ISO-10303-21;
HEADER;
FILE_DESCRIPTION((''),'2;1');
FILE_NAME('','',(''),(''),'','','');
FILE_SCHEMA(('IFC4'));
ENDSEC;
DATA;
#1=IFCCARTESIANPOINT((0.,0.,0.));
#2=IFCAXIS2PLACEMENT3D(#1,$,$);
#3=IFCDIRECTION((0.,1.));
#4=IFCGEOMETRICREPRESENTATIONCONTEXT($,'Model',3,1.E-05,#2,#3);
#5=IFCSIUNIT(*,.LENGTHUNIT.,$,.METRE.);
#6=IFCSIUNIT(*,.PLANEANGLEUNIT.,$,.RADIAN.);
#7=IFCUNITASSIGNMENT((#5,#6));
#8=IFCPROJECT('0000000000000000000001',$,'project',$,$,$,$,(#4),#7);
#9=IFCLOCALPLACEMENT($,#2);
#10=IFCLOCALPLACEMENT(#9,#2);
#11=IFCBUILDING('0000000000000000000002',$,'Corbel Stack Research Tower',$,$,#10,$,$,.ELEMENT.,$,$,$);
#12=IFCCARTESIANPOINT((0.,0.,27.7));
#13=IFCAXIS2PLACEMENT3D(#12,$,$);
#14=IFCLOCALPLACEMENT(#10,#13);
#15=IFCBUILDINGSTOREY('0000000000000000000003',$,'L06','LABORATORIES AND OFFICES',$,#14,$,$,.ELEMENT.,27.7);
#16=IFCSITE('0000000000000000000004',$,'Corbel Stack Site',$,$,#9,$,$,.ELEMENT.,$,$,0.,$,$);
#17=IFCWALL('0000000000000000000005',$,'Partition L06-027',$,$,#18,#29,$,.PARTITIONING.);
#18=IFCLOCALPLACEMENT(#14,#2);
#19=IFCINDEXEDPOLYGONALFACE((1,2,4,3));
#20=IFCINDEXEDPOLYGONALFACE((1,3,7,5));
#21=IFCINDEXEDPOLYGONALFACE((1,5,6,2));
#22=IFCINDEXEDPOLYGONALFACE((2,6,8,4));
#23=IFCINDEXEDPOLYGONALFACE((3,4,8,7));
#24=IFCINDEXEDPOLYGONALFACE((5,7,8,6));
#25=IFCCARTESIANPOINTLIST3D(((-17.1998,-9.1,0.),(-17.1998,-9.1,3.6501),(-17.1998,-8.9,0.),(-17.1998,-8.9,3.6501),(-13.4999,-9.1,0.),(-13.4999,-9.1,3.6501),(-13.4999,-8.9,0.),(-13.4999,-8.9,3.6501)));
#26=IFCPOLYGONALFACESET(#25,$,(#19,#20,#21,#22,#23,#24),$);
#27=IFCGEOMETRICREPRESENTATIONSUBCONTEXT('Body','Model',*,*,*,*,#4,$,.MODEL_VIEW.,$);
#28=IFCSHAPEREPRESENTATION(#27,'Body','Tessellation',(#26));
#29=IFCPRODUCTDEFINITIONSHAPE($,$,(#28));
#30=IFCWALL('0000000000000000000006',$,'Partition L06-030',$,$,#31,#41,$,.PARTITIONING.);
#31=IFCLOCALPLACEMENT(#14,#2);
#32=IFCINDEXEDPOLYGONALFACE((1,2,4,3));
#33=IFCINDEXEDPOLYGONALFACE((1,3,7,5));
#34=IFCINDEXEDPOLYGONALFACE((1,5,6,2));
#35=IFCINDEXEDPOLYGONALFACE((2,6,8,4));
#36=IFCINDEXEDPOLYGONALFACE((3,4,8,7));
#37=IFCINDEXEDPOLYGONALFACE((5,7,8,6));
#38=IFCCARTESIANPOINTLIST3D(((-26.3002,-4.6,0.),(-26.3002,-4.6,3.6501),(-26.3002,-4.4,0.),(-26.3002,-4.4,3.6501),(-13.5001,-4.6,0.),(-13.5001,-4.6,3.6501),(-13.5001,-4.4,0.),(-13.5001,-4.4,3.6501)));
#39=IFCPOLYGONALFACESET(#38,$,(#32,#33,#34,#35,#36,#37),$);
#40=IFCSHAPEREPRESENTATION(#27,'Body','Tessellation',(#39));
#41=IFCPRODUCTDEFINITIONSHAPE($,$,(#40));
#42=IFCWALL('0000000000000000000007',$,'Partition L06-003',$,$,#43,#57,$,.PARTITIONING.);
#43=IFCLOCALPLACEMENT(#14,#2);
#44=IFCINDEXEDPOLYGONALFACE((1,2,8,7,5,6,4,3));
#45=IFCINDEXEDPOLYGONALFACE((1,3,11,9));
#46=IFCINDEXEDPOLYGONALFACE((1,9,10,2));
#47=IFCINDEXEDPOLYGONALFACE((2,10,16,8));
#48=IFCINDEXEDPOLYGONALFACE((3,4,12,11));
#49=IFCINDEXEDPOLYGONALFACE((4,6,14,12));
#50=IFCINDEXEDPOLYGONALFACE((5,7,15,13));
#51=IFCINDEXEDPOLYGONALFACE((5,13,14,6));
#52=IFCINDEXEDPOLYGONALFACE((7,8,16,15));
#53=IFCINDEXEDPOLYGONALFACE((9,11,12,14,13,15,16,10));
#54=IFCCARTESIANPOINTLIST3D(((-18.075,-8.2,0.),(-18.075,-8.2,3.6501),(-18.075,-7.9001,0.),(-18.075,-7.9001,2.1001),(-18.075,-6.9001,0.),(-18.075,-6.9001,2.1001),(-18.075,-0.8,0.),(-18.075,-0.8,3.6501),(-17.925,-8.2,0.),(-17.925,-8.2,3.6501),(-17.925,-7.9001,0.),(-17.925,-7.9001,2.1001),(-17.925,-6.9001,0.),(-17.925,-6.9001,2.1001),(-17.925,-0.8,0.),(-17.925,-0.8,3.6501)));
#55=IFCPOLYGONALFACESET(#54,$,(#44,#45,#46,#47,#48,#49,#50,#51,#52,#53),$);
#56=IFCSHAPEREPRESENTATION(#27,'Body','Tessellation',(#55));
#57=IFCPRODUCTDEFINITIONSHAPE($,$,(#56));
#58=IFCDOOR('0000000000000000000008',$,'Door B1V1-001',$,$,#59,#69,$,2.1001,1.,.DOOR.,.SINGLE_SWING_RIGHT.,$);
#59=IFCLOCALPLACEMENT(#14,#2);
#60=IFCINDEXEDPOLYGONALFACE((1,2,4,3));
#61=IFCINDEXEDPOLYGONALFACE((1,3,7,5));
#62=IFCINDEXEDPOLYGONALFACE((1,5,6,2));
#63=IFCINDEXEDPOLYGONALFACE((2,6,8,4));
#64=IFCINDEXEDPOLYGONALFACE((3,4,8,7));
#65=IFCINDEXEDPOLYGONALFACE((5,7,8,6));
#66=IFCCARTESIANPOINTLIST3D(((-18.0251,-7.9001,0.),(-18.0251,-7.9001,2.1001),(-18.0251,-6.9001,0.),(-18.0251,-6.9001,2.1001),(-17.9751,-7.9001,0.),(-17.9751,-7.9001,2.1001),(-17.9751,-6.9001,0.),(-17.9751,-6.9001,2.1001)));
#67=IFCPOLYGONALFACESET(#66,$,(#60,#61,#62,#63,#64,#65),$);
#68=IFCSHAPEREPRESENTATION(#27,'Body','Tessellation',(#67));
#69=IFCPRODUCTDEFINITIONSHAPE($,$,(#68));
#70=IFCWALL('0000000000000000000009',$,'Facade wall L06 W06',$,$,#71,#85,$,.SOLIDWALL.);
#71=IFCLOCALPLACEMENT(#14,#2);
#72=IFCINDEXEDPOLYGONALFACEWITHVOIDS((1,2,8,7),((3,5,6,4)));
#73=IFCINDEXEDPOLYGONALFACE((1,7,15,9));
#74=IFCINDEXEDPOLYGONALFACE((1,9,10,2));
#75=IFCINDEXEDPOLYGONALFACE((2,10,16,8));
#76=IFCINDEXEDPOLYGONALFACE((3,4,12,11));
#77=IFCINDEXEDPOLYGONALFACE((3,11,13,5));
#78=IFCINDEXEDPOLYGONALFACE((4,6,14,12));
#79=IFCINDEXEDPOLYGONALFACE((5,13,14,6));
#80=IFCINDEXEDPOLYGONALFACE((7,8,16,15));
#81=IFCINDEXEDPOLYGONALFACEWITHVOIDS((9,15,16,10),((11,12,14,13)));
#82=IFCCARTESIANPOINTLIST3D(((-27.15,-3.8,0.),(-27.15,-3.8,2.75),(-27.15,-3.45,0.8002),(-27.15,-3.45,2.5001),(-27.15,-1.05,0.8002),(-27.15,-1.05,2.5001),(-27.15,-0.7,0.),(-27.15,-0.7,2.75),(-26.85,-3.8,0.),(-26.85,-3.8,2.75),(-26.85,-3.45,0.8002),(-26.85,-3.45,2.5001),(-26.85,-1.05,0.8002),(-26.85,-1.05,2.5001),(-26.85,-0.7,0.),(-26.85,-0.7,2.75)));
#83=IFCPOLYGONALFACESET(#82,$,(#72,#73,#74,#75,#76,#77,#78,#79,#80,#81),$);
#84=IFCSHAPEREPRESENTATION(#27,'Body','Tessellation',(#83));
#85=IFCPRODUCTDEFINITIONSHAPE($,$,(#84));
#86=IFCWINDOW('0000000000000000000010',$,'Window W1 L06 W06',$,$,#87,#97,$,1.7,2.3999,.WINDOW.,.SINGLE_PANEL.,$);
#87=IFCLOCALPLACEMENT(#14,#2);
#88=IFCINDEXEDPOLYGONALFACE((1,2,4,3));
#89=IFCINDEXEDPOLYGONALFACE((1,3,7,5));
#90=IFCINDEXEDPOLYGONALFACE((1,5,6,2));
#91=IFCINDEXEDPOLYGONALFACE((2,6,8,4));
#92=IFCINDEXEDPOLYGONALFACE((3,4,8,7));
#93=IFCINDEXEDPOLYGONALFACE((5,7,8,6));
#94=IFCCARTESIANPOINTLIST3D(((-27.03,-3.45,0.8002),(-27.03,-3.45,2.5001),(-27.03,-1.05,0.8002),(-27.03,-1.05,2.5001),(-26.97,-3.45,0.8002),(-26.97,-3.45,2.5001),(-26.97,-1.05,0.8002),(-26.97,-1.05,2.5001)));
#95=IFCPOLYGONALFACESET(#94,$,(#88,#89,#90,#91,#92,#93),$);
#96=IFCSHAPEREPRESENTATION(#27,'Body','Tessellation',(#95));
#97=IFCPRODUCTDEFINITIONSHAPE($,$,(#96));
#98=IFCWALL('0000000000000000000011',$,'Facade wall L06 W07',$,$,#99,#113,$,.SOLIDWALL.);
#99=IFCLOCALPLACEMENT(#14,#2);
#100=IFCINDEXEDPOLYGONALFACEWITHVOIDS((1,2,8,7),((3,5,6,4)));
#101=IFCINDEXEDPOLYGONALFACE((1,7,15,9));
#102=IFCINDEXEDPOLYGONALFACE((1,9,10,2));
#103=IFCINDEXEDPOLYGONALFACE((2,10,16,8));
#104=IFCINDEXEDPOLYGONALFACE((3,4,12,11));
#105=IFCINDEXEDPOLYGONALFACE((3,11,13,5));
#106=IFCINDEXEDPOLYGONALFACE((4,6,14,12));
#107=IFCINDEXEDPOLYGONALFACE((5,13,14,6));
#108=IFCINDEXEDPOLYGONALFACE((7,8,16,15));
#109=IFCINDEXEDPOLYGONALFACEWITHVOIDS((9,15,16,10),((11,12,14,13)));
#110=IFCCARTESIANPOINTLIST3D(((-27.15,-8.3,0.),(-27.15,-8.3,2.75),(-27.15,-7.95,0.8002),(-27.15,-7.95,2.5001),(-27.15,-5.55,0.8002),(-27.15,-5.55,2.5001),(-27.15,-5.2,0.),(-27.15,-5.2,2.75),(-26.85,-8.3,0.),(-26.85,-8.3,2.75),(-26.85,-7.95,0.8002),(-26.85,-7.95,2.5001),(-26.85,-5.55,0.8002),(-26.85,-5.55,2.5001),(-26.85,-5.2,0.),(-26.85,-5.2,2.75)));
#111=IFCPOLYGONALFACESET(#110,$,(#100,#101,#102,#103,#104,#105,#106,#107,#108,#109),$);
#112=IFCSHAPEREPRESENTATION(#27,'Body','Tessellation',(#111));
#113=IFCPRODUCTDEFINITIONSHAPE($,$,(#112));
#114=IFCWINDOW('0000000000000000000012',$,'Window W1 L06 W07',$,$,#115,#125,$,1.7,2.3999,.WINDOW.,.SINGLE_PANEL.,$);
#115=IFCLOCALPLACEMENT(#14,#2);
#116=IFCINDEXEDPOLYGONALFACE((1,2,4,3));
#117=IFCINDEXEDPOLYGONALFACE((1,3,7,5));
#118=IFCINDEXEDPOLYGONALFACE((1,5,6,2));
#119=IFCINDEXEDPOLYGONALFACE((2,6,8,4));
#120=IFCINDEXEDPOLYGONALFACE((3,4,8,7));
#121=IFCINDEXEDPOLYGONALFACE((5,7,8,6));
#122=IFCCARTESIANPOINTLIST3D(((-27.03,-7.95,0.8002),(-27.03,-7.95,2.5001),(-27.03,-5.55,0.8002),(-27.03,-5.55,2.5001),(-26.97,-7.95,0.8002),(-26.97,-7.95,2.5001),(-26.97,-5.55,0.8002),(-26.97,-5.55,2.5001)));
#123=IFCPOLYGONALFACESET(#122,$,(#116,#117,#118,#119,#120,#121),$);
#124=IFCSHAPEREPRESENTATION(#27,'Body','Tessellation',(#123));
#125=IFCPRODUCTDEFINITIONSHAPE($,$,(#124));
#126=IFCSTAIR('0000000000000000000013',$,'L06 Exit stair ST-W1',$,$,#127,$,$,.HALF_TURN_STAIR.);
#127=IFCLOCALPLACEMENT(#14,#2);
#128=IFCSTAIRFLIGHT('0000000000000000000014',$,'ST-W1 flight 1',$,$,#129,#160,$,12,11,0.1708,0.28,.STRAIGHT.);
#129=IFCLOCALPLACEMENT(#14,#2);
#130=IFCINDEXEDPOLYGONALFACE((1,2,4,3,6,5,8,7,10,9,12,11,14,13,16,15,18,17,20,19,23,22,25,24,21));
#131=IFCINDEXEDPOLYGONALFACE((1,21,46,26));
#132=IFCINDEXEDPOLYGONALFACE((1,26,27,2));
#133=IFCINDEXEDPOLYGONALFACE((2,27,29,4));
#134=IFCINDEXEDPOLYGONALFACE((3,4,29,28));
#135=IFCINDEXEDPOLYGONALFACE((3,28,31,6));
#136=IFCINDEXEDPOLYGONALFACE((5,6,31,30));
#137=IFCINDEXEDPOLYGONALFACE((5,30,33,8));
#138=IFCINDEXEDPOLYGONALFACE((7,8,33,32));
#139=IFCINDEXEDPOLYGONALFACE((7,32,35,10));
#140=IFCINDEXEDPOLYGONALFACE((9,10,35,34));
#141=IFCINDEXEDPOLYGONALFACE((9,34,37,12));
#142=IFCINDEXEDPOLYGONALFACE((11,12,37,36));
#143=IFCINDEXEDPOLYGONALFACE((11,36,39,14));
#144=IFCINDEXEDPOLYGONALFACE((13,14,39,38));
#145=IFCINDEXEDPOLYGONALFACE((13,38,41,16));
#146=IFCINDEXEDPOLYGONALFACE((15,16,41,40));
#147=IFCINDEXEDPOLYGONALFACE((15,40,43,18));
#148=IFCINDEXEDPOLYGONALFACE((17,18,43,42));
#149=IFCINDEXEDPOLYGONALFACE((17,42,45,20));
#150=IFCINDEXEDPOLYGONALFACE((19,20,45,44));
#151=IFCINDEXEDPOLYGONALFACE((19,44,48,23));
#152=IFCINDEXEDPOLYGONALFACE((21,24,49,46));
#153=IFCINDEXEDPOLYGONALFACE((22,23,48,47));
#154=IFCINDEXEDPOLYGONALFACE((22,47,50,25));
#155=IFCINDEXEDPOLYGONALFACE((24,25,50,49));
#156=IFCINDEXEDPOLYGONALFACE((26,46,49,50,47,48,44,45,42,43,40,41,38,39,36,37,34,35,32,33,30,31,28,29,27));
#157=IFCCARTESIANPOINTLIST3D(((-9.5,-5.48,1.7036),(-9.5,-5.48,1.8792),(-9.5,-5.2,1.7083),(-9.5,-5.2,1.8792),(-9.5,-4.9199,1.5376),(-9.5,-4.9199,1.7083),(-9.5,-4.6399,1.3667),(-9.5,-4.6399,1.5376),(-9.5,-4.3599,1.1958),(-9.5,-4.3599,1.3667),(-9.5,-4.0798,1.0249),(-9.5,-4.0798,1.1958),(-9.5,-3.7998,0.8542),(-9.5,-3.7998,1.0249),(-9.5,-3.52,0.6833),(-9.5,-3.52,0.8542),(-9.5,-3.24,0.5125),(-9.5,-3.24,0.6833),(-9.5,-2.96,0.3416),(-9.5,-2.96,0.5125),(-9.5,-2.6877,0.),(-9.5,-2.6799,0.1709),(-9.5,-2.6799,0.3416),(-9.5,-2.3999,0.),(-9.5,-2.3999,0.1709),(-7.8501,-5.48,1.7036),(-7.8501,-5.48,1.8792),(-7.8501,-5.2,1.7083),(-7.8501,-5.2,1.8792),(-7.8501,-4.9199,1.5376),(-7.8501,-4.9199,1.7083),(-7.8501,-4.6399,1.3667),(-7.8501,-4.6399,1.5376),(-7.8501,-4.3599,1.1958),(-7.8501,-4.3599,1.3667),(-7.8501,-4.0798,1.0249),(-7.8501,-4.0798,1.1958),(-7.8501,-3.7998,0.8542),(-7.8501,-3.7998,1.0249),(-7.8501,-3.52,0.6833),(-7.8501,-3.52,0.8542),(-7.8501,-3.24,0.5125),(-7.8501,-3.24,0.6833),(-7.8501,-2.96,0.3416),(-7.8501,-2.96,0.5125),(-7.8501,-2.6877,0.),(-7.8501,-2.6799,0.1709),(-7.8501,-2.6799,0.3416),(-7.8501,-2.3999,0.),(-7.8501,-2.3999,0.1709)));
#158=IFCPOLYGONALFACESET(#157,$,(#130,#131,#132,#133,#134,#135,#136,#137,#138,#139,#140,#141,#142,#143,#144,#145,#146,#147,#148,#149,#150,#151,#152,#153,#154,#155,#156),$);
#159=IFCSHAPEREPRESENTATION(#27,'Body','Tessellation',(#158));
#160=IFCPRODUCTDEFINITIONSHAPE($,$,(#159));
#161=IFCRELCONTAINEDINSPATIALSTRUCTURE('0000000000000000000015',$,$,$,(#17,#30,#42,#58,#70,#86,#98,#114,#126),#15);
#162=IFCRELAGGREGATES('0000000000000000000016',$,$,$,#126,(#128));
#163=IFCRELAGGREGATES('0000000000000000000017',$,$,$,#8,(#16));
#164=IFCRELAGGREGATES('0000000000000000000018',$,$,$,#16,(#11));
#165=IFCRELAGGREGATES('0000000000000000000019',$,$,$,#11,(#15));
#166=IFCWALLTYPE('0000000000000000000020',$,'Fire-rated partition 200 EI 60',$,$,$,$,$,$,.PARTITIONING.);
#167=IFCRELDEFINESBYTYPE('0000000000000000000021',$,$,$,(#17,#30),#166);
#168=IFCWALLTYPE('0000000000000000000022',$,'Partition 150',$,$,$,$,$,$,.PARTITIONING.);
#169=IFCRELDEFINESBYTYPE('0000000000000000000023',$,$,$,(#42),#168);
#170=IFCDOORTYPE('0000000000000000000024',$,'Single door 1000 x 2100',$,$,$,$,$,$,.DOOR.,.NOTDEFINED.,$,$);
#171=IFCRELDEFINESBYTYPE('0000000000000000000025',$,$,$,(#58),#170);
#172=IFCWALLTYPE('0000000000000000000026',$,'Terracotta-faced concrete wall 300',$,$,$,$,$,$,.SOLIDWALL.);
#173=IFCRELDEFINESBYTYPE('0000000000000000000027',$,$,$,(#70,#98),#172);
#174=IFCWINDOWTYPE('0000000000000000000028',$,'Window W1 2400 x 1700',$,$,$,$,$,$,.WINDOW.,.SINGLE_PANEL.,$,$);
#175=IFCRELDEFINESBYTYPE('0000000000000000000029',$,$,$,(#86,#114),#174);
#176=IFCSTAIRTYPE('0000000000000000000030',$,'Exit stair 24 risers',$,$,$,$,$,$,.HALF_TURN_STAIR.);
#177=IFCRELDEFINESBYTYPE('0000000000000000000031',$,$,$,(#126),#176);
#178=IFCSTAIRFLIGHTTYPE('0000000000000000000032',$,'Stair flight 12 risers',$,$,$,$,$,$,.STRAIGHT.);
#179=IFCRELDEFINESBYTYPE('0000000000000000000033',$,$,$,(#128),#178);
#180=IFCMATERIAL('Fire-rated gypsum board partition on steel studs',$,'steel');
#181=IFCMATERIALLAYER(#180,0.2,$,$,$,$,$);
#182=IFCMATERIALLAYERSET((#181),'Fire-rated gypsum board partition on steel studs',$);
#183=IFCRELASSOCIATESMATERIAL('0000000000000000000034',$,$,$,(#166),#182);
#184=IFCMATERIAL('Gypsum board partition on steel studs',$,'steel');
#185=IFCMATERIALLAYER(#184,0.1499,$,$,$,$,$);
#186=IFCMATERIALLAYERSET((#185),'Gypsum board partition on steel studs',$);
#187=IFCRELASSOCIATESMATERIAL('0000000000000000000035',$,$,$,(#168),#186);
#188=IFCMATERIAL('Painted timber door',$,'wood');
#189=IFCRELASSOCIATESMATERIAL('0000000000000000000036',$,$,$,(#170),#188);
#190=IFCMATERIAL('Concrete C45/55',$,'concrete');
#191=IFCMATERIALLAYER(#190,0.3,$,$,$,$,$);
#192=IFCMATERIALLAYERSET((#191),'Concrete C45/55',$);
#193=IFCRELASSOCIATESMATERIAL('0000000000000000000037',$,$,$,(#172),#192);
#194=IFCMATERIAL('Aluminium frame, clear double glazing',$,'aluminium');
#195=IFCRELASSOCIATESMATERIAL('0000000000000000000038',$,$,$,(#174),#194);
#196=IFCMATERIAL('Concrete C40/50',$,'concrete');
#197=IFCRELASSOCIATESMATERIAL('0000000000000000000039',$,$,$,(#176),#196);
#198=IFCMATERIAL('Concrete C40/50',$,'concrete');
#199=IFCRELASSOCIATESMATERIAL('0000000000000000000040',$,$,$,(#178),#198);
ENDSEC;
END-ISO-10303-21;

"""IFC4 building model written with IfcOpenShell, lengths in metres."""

from ifc_helpers import new_model, si_unit, direction, frame, frame_2d, origin, place, context, subcontext, project, spatial, polyline, rectangle, outline, extrude, material, layer, layer_set, type_object, element, fill, aggregate, save


model = new_model("IFC4")

# Units and contexts
model_context = context("Model", 3, precision=1e-05, world=origin(), true_north=direction((0.0, 1.0)))
body_context = subcontext(model_context, "Body", "Model", "MODEL_VIEW")
ifc_project = project(units=[si_unit("LENGTHUNIT", "METRE"), si_unit("PLANEANGLEUNIT", "RADIAN")], contexts=[model_context])

# Site, building, storey
site_placement = place(None, origin())
site = spatial("IfcSite", under=ifc_project, at=site_placement, Name="Corbel Stack Site", CompositionType="ELEMENT", RefElevation=0.0)
building_placement = place(site_placement, origin())
building = spatial("IfcBuilding", under=site, at=building_placement, Name="Corbel Stack Research Tower", CompositionType="ELEMENT")
storey_placement = place(building_placement, frame((0.0, 0.0, 27.7)))
storey = spatial("IfcBuildingStorey", under=building, at=storey_placement, Name="L06", Description="LABORATORIES AND OFFICES", CompositionType="ELEMENT", Elevation=27.7)

# Shared definitions
ifc_material_1 = material(Name="Fire-rated gypsum board partition on steel studs", Category="steel")
ifc_layer_1 = layer(ifc_material_1, 0.2)
ifc_layer_set_1 = layer_set([ifc_layer_1], Name="Fire-rated gypsum board partition on steel studs")
wall_type_1 = type_object("IfcWallType", Name="Fire-rated partition 200 EI 60", PredefinedType="PARTITIONING", material=ifc_layer_set_1)

# Walls
wall_1_placement = place(storey_placement, frame((-17.2, -9.0, 0.0), z_axis=(0.0, 0.0, 1.0), x_axis=(1.0, 0.0, 0.0)))
element("IfcWall", 1, at=wall_1_placement, inside=storey, type_object=wall_type_1, Name="Partition L06-027", PredefinedType="PARTITIONING", context=body_context, shape_type="SweptSolid", body=[
    extrude(rectangle(XDim=3.7, YDim=0.2, at=frame_2d((1.8501, 0.0))), origin(), (0.0, 0.0, 1.0), 3.6501),
])
wall_2_placement = place(storey_placement, frame((-26.3, -4.5, 0.0), z_axis=(0.0, 0.0, 1.0), x_axis=(1.0, 0.0, 0.0)))
element("IfcWall", 2, at=wall_2_placement, inside=storey, type_object=wall_type_1, Name="Partition L06-030", PredefinedType="PARTITIONING", context=body_context, shape_type="SweptSolid", body=[
    extrude(rectangle(XDim=12.8, YDim=0.2, at=frame_2d((6.3999, 0.0))), origin(), (0.0, 0.0, 1.0), 3.6501),
])

# Wall, opening, door
ifc_material_2 = material(Name="Gypsum board partition on steel studs", Category="steel")
ifc_layer_2 = layer(ifc_material_2, 0.1499)
ifc_layer_set_2 = layer_set([ifc_layer_2], Name="Gypsum board partition on steel studs")
wall_type_2 = type_object("IfcWallType", Name="Partition 150", PredefinedType="PARTITIONING", material=ifc_layer_set_2)
wall_3_placement = place(storey_placement, frame((-18.0, -0.8, 0.0), z_axis=(0.0, 0.0, 1.0), x_axis=(0.0, -1.0, 0.0)))
wall_3 = element("IfcWall", 3, at=wall_3_placement, inside=storey, type_object=wall_type_2, Name="Partition L06-003", PredefinedType="PARTITIONING", context=body_context, shape_type="SweptSolid", body=[
    extrude(rectangle(XDim=7.3999, YDim=0.1499, at=frame_2d((3.7, 0.0))), origin(), (0.0, 0.0, 1.0), 3.6501),
])
opening_1_placement = place(wall_3_placement, frame((6.1001, 0.0, 0.0)))
opening_1 = element("IfcOpeningElement", 4, at=opening_1_placement, cuts=wall_3, PredefinedType="OPENING", context=body_context, shape_type="SweptSolid", body=[
    extrude(rectangle(XDim=1.0, YDim=2.1001, at=frame_2d((0.5, 1.05))), frame((0.0, 0.085, 0.0), z_axis=(0.0, -1.0, 0.0), x_axis=(1.0, 0.0, 0.0)), (0.0, 0.0, 1.0), 0.1699),
])
ifc_material_3 = material(Name="Painted timber door", Category="wood")
door_type_1 = type_object("IfcDoorType", Name="Single door 1000 x 2100", OperationType="NOTDEFINED", PredefinedType="DOOR", material=ifc_material_3)
door_1_placement = place(opening_1_placement, origin())
door_1 = element("IfcDoor", 5, at=door_1_placement, inside=storey, type_object=door_type_1, Name="Door B1V1-001", OperationType="SINGLE_SWING_RIGHT", OverallHeight=2.1001, OverallWidth=1.0, PredefinedType="DOOR", context=body_context, shape_type="SweptSolid", body=[
    extrude(rectangle(XDim=1.0, YDim=2.1001, at=frame_2d((0.5, 1.05))), frame((0.0, 0.0249, 0.0), z_axis=(0.0, -1.0, 0.0), x_axis=(1.0, 0.0, 0.0)), (0.0, 0.0, 1.0), 0.05),
])
fill(opening_1, door_1)

# Walls, openings, windows
ifc_material_4 = material(Name="Concrete C45/55", Category="concrete")
ifc_layer_3 = layer(ifc_material_4, 0.3)
ifc_layer_set_3 = layer_set([ifc_layer_3], Name="Concrete C45/55")
wall_type_3 = type_object("IfcWallType", Name="Terracotta-faced concrete wall 300", PredefinedType="SOLIDWALL", material=ifc_layer_set_3)
wall_4_placement = place(storey_placement, frame((-27.0, -3.8, 0.0), z_axis=(0.0, 0.0, 1.0), x_axis=(0.0, 1.0, 0.0)))
wall_4 = element("IfcWall", 6, at=wall_4_placement, inside=storey, type_object=wall_type_3, Name="Facade wall L06 W06", PredefinedType="SOLIDWALL", context=body_context, shape_type="SweptSolid", body=[
    extrude(rectangle(XDim=3.1001, YDim=0.3, at=frame_2d((1.55, 0.0))), origin(), (0.0, 0.0, 1.0), 2.75),
])
opening_2_placement = place(wall_4_placement, frame((0.3501, 0.0, 0.8)))
opening_2 = element("IfcOpeningElement", 7, at=opening_2_placement, cuts=wall_4, PredefinedType="OPENING", context=body_context, shape_type="SweptSolid", body=[
    extrude(rectangle(XDim=2.3999, YDim=1.7, at=frame_2d((1.2, 0.8501))), frame((0.0, 0.1599, 0.0), z_axis=(0.0, -1.0, 0.0), x_axis=(1.0, 0.0, 0.0)), (0.0, 0.0, 1.0), 0.3201),
])
ifc_material_5 = material(Name="Aluminium frame, clear double glazing", Category="aluminium")
window_type = type_object("IfcWindowType", Name="Window W1 2400 x 1700", PartitioningType="SINGLE_PANEL", PredefinedType="WINDOW", material=ifc_material_5)
window_1_placement = place(opening_2_placement, origin())
window_1 = element("IfcWindow", 8, at=window_1_placement, inside=storey, type_object=window_type, Name="Window W1 L06 W06", OverallHeight=1.7, OverallWidth=2.3999, PartitioningType="SINGLE_PANEL", PredefinedType="WINDOW", context=body_context, shape_type="SweptSolid", body=[
    extrude(rectangle(XDim=2.3999, YDim=1.7, at=frame_2d((1.2, 0.8501))), frame((0.0, 0.03, 0.0), z_axis=(0.0, -1.0, 0.0), x_axis=(1.0, 0.0, 0.0)), (0.0, 0.0, 1.0), 0.0601),
])
fill(opening_2, window_1)
wall_5_placement = place(storey_placement, frame((-27.0, -8.3, 0.0), z_axis=(0.0, 0.0, 1.0), x_axis=(0.0, 1.0, 0.0)))
wall_5 = element("IfcWall", 9, at=wall_5_placement, inside=storey, type_object=wall_type_3, Name="Facade wall L06 W07", PredefinedType="SOLIDWALL", context=body_context, shape_type="SweptSolid", body=[
    extrude(rectangle(XDim=3.1001, YDim=0.3, at=frame_2d((1.55, 0.0))), origin(), (0.0, 0.0, 1.0), 2.75),
])
opening_3_placement = place(wall_5_placement, frame((0.3501, 0.0, 0.8)))
opening_3 = element("IfcOpeningElement", 10, at=opening_3_placement, cuts=wall_5, PredefinedType="OPENING", context=body_context, shape_type="SweptSolid", body=[
    extrude(rectangle(XDim=2.3999, YDim=1.7, at=frame_2d((1.2, 0.8501))), frame((0.0, 0.1599, 0.0), z_axis=(0.0, -1.0, 0.0), x_axis=(1.0, 0.0, 0.0)), (0.0, 0.0, 1.0), 0.3201),
])
window_2_placement = place(opening_3_placement, origin())
window_2 = element("IfcWindow", 11, at=window_2_placement, inside=storey, type_object=window_type, Name="Window W1 L06 W07", OverallHeight=1.7, OverallWidth=2.3999, PartitioningType="SINGLE_PANEL", PredefinedType="WINDOW", context=body_context, shape_type="SweptSolid", body=[
    extrude(rectangle(XDim=2.3999, YDim=1.7, at=frame_2d((1.2, 0.8501))), frame((0.0, 0.03, 0.0), z_axis=(0.0, -1.0, 0.0), x_axis=(1.0, 0.0, 0.0)), (0.0, 0.0, 1.0), 0.0601),
])
fill(opening_3, window_2)

# Stair, stair flight
ifc_material_6 = material(Name="Concrete C40/50", Category="concrete")
stair_type = type_object("IfcStairType", Name="Exit stair 24 risers", PredefinedType="HALF_TURN_STAIR", material=ifc_material_6)
stair_placement = place(storey_placement, origin())
stair = element("IfcStair", 12, at=stair_placement, inside=storey, type_object=stair_type, Name="L06 Exit stair ST-W1", PredefinedType="HALF_TURN_STAIR")
ifc_material_7 = material(Name="Concrete C40/50", Category="concrete")
stair_flight_type = type_object("IfcStairFlightType", Name="Stair flight 12 risers", PredefinedType="STRAIGHT", material=ifc_material_7)
stair_flight_placement = place(storey_placement, frame((-8.675, -2.3999, 0.0), z_axis=(0.0, 0.0, 1.0), x_axis=(0.0, -1.0, 0.0)))
stair_flight = element("IfcStairFlight", 13, at=stair_flight_placement, type_object=stair_flight_type, Name="ST-W1 flight 1", NumberOfRisers=12, NumberOfTreads=11, PredefinedType="STRAIGHT", RiserHeight=0.1708, TreadLength=0.28, context=body_context, shape_type="SweptSolid", body=[
    extrude(outline(polyline([(0.0, 0.0), (0.0, 0.1709), (0.28, 0.1709), (0.28, 0.3416), (0.5601, 0.3416), (0.5601, 0.5125), (0.8401, 0.5125), (0.8401, 0.6833), (1.1201, 0.6833), (1.1201, 0.8542), (1.3999, 0.8542), (1.3999, 1.0249), (1.6799, 1.0249), (1.6799, 1.1958), (1.96, 1.1958), (1.96, 1.3667), (2.24, 1.3667), (2.24, 1.5376), (2.52, 1.5376), (2.52, 1.7083), (2.8, 1.7083), (2.8, 1.8792), (3.0801, 1.8792), (3.0801, 2.05), (3.0801, 1.7036), (0.2878, 0.0), (0.0, 0.0)])), frame((0.0, 0.825, 0.0), z_axis=(0.0, -1.0, 0.0), x_axis=(1.0, 0.0, 0.0)), (0.0, 0.0, 1.0), 1.6499),
])
aggregate(stair, [stair_flight])

save(model, "model.ifc")
